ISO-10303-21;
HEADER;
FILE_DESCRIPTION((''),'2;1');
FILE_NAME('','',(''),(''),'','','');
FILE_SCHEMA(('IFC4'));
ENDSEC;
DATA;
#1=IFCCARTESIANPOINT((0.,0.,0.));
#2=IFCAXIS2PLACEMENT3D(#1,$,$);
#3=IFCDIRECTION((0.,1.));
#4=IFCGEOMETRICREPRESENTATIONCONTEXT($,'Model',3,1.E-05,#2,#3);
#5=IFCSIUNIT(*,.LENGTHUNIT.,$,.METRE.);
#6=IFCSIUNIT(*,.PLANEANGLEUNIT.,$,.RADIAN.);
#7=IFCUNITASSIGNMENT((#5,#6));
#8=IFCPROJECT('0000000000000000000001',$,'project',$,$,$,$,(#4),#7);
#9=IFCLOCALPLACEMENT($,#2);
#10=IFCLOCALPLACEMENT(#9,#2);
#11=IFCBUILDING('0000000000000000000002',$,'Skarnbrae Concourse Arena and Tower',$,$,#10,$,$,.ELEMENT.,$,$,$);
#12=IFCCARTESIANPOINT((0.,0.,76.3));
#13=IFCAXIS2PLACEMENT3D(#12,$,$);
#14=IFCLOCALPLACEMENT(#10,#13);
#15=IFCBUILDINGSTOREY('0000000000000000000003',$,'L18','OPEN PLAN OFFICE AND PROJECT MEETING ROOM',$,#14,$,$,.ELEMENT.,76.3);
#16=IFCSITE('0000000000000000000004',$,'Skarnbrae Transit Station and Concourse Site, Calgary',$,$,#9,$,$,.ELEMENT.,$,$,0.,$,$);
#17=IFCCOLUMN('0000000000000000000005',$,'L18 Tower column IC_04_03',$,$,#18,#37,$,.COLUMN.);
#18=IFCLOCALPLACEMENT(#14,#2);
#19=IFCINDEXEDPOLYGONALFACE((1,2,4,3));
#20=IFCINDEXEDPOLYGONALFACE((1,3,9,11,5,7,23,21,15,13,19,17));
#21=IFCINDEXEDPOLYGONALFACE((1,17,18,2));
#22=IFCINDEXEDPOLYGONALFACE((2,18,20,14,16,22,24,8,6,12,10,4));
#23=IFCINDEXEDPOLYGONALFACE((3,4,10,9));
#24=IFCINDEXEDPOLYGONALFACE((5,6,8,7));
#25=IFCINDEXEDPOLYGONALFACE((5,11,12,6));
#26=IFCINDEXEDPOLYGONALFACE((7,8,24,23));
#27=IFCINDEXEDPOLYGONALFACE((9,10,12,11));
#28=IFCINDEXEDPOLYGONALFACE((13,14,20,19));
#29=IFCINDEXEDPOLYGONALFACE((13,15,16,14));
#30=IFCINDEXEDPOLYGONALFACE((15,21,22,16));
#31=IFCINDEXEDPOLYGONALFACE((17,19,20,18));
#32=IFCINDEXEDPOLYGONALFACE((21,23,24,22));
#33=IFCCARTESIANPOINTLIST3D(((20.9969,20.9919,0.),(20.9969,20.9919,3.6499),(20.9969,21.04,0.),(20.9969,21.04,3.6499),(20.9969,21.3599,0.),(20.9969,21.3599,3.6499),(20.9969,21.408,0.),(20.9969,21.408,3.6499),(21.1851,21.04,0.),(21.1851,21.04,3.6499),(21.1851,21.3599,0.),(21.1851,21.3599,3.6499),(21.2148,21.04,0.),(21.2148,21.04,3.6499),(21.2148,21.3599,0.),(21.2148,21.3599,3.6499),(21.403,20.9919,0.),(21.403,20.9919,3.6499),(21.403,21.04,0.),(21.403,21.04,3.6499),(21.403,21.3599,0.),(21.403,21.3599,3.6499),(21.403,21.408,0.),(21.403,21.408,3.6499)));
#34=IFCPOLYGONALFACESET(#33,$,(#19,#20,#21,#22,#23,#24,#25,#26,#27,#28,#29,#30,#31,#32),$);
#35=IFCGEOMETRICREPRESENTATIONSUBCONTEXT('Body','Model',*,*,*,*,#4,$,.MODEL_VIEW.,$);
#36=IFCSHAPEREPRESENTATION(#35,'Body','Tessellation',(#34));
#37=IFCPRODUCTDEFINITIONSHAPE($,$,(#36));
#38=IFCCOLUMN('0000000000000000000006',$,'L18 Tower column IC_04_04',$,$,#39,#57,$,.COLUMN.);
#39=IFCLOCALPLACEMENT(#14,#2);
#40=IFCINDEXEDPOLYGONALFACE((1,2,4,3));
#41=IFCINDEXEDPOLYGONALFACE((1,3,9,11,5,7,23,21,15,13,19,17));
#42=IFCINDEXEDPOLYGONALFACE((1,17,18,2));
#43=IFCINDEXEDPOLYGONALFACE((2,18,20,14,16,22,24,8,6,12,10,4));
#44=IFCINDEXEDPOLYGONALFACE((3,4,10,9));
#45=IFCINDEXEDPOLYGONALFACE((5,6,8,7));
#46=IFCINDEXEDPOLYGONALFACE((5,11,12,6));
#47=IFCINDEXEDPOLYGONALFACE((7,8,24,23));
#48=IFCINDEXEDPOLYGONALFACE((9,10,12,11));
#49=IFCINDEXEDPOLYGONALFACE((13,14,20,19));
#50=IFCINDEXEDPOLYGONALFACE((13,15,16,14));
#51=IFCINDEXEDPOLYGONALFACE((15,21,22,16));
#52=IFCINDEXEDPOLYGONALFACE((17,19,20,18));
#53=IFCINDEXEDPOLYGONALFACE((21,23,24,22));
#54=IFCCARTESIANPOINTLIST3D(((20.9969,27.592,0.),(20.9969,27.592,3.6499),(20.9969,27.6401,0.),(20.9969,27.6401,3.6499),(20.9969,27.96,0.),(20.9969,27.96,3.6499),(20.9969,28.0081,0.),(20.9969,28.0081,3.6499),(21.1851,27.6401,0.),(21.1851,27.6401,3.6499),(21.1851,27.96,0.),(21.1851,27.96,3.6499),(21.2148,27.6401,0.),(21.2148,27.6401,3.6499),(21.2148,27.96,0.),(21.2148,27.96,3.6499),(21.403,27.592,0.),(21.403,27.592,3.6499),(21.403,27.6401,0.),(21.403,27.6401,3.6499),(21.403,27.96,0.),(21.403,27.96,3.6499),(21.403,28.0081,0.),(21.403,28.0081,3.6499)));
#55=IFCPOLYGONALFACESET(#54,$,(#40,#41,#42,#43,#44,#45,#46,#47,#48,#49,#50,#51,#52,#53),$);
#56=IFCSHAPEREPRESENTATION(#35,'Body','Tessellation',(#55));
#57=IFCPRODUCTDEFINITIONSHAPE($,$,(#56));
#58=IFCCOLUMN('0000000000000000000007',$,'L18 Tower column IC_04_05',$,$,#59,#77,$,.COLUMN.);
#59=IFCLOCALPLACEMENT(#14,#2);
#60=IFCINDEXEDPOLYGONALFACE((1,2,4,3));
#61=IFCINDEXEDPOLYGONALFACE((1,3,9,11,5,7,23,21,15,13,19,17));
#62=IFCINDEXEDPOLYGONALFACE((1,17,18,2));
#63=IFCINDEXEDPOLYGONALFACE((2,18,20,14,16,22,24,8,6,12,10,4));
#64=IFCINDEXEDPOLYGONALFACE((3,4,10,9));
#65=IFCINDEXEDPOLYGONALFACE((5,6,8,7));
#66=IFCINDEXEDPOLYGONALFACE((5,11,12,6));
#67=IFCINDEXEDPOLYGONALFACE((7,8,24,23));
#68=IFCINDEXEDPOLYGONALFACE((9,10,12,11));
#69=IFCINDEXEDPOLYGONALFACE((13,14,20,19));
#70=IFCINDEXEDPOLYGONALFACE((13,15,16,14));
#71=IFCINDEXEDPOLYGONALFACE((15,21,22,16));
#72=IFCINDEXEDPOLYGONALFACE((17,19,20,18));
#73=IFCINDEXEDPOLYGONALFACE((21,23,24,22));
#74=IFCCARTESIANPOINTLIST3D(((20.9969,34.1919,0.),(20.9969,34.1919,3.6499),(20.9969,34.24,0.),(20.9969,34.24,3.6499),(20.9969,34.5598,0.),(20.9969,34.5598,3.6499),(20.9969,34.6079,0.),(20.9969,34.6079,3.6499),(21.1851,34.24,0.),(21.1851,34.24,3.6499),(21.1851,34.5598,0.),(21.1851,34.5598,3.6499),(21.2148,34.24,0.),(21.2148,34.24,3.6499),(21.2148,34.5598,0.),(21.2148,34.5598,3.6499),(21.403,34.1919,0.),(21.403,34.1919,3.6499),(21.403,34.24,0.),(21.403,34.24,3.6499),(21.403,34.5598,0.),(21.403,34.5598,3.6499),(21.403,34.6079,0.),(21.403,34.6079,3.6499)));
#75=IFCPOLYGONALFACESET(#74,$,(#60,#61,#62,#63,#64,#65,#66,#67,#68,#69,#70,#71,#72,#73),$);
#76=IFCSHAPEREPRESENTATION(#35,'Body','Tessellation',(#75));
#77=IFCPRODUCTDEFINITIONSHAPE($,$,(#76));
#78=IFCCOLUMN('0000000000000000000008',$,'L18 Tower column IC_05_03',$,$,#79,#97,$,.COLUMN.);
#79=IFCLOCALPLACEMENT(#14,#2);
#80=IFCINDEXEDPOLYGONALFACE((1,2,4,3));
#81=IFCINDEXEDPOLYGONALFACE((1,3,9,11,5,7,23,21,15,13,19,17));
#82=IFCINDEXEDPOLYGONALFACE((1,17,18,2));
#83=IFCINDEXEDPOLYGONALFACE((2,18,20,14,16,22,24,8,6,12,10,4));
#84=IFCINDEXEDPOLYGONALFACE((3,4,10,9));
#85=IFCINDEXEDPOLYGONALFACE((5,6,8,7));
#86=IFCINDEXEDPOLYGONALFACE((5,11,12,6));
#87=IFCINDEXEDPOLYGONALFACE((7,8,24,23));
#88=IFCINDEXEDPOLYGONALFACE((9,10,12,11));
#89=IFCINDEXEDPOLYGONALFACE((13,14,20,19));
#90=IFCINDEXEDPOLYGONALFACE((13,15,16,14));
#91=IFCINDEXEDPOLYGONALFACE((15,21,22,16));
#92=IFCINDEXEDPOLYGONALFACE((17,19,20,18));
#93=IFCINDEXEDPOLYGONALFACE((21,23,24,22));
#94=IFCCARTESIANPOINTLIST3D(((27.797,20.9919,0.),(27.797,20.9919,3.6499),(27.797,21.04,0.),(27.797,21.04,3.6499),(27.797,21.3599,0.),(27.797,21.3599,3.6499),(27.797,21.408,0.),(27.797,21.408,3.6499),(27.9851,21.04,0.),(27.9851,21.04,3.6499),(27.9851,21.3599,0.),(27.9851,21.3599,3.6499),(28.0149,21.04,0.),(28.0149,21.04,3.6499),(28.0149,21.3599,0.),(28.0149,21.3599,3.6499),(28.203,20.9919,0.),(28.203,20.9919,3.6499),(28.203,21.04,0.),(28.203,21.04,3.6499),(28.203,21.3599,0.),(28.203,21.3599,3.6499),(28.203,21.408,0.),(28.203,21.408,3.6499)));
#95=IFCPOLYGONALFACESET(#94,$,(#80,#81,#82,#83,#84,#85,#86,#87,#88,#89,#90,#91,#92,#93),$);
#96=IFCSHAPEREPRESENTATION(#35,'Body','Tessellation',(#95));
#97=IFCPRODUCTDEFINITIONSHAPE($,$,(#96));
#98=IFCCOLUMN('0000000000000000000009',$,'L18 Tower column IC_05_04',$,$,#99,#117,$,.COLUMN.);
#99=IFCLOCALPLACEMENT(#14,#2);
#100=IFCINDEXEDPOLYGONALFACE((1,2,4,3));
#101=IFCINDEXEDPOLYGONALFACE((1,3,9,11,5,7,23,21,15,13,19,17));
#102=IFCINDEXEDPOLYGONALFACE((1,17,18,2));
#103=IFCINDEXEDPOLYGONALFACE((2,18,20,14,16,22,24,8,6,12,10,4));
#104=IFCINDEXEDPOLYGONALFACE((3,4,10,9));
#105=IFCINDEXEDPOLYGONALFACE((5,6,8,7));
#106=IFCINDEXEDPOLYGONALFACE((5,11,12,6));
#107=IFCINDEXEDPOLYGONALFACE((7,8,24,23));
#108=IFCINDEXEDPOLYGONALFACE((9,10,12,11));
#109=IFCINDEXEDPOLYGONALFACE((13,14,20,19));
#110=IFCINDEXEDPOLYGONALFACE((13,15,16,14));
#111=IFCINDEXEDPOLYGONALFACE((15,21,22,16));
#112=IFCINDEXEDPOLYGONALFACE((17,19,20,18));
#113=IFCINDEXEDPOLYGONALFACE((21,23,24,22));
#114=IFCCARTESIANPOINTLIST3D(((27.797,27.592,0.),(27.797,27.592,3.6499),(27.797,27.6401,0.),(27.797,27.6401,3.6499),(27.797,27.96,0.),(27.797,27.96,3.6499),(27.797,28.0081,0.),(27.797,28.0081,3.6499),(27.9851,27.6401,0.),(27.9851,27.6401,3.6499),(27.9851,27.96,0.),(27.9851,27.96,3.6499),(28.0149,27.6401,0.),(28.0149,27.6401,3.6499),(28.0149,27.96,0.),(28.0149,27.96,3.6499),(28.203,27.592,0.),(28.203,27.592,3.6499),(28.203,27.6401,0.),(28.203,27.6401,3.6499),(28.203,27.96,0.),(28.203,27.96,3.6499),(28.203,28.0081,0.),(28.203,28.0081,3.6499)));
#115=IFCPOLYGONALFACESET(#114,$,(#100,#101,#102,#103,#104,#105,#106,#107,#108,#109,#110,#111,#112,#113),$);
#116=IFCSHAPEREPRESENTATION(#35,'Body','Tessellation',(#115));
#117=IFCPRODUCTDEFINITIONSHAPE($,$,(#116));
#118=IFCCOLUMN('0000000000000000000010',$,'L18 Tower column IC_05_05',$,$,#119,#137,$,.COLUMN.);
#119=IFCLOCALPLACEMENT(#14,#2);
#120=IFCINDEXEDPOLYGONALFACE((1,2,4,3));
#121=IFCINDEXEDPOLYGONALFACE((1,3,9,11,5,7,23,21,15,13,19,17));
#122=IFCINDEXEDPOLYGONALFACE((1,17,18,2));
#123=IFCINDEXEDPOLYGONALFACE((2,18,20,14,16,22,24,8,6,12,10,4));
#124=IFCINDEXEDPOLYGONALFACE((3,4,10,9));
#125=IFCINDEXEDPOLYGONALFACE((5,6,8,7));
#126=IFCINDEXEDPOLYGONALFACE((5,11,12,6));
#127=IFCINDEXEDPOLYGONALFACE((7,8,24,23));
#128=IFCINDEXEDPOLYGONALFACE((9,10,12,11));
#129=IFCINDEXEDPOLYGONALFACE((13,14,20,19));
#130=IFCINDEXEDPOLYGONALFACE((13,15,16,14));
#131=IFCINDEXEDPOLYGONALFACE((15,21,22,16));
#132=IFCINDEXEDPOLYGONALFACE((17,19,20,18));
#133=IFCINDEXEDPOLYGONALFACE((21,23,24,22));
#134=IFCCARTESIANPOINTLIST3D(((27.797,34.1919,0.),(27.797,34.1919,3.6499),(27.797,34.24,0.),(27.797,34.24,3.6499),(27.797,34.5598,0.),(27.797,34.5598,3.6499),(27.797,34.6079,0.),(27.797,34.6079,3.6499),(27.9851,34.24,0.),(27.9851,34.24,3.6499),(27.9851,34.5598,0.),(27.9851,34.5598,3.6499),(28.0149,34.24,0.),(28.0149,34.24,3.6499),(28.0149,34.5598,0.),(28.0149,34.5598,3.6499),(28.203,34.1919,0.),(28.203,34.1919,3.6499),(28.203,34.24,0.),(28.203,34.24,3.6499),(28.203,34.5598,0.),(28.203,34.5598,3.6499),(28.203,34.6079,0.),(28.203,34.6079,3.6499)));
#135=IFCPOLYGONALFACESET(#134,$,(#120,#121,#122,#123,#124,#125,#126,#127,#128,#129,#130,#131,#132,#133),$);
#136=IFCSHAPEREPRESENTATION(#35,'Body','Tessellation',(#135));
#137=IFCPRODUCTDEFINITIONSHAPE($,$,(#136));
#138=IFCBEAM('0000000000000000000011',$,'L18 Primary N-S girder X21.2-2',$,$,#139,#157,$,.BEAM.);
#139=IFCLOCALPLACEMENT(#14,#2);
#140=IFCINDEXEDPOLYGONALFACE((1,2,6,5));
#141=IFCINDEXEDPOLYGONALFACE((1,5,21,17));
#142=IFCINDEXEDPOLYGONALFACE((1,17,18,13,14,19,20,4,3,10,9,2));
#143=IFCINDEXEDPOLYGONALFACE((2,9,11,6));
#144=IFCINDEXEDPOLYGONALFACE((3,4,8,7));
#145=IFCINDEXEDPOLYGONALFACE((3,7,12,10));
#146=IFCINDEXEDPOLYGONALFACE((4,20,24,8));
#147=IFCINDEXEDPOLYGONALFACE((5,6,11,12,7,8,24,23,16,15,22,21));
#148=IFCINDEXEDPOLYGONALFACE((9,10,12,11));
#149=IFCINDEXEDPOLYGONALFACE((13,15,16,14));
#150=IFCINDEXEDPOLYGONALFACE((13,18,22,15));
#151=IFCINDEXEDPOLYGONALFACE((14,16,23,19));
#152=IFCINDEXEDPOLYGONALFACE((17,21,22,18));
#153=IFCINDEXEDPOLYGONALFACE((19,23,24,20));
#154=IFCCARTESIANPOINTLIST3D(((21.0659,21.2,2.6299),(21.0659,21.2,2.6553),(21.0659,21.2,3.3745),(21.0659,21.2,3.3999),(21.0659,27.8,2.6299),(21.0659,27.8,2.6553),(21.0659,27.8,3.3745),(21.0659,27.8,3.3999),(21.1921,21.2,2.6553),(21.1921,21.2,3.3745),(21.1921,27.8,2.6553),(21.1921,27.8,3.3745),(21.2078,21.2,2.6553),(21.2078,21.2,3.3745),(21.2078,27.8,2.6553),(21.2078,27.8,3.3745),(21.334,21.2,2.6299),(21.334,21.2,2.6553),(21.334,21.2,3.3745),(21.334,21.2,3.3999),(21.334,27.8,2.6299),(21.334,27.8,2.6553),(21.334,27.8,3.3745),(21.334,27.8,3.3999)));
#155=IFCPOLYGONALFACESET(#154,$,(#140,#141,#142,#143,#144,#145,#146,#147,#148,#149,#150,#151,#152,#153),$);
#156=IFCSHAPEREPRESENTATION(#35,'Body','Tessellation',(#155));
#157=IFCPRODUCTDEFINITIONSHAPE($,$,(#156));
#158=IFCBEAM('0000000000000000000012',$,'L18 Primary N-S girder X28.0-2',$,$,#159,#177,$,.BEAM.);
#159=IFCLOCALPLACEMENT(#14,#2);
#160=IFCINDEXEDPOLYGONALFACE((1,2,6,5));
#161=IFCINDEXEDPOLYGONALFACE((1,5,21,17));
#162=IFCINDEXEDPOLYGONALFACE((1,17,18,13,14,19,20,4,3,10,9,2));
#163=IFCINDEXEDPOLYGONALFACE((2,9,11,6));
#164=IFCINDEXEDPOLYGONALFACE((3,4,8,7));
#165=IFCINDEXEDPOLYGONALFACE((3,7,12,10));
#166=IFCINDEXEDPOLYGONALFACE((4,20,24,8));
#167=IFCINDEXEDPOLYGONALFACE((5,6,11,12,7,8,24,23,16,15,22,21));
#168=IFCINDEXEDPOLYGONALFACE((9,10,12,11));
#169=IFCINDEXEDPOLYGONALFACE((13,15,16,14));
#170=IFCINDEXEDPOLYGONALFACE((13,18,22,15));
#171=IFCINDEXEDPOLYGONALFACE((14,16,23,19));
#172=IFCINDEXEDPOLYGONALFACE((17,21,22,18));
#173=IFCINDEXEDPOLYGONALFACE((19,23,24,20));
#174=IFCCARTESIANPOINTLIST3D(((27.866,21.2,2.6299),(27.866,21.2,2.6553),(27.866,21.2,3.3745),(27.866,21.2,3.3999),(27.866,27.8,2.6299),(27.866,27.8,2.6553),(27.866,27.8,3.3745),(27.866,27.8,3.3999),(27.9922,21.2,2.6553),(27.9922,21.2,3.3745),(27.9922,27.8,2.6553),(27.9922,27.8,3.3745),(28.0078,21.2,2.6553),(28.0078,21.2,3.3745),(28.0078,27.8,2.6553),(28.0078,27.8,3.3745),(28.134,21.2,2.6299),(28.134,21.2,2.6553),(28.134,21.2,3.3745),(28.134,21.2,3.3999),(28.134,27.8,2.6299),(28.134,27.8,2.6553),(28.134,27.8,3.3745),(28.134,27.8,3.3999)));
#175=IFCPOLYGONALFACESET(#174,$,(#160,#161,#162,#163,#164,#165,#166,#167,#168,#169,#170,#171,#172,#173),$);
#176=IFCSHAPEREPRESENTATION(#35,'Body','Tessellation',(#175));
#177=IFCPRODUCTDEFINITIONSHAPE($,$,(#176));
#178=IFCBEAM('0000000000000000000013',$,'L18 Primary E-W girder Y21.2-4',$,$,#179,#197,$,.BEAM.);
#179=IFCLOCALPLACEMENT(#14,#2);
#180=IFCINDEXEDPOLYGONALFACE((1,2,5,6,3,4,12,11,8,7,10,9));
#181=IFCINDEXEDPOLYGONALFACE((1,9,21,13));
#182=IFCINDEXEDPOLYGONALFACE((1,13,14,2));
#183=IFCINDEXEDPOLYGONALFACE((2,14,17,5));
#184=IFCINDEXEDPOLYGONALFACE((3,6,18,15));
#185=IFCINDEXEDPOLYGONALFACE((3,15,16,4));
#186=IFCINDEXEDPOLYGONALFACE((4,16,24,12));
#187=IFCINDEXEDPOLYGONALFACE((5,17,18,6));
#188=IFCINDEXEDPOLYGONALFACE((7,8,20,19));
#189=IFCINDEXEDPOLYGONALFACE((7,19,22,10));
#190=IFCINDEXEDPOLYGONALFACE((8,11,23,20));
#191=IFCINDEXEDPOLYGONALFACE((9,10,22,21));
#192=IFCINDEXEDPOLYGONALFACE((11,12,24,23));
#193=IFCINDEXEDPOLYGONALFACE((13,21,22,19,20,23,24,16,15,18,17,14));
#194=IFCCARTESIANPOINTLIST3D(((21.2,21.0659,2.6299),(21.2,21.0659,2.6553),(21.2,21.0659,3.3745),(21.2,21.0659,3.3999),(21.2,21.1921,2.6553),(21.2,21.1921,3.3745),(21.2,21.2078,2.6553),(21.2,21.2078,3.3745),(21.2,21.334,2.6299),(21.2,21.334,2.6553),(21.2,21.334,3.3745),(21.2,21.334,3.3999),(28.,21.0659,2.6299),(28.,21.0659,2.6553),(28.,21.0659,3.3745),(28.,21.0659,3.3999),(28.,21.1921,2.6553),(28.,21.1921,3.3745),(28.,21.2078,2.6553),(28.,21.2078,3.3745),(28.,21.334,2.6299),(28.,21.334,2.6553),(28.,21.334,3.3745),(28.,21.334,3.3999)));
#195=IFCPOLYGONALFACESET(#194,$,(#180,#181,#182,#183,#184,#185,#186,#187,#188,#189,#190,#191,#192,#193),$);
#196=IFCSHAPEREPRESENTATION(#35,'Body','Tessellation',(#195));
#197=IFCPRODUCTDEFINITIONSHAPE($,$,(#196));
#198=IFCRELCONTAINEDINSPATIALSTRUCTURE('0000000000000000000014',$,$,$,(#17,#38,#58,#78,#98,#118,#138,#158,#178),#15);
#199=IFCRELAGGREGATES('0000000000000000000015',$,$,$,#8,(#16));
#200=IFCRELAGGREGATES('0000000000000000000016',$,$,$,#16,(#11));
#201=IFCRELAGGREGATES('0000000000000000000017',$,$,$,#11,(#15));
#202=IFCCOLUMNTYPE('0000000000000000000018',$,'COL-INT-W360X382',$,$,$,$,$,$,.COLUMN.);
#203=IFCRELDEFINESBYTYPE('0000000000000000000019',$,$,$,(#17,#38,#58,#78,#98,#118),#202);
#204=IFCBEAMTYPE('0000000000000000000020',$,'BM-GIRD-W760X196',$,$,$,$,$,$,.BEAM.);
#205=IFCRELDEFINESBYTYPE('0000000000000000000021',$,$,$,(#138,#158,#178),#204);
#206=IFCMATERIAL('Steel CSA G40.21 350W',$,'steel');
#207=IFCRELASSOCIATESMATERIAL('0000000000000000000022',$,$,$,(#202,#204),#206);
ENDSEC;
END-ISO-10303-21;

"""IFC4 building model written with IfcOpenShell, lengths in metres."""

from ifc_helpers import new_model, si_unit, direction, frame, origin, origin_2d, place, context, subcontext, project, spatial, i_section, extrude, source, transform, mapped, material, material_profile, profile_set, type_object, element, save


model = new_model("IFC4")

# Units and contexts
model_context = context("Model", 3, precision=1e-05, world=origin(), true_north=direction((0.0, 1.0)))
body_context = subcontext(model_context, "Body", "Model", "MODEL_VIEW")
ifc_project = project(units=[si_unit("LENGTHUNIT", "METRE"), si_unit("PLANEANGLEUNIT", "RADIAN")], contexts=[model_context])

# Site, building, storey
site_placement = place(None, origin())
site = spatial("IfcSite", under=ifc_project, at=site_placement, Name="Skarnbrae Transit Station and Concourse Site, Calgary", CompositionType="ELEMENT", RefElevation=0.0)
building_placement = place(site_placement, origin())
building = spatial("IfcBuilding", under=site, at=building_placement, Name="Skarnbrae Concourse Arena and Tower", CompositionType="ELEMENT")
storey_placement = place(building_placement, frame((0.0, 0.0, 76.3)))
storey = spatial("IfcBuildingStorey", under=building, at=storey_placement, Name="L18", Description="OPEN PLAN OFFICE AND PROJECT MEETING ROOM", CompositionType="ELEMENT", Elevation=76.3)

# Columns
ifc_material_1 = material(Name="Steel CSA G40.21 350W", Category="steel")
ifc_material_profile_1 = material_profile(ifc_material_1, i_section(OverallWidth=0.406, OverallDepth=0.416, WebThickness=0.0298, FlangeThickness=0.0481, at=origin_2d()), Name="W360X382")
ifc_profile_set_1 = profile_set([ifc_material_profile_1], Name="Steel CSA G40.21 350W")
column_type = type_object("IfcColumnType", Name="COL-INT-W360X382", PredefinedType="COLUMN", material=ifc_profile_set_1)
shared_shape_1 = source(origin(), body_context, "Body", "SweptSolid", [
    extrude(i_section(OverallWidth=0.406, OverallDepth=0.416, WebThickness=0.0298, FlangeThickness=0.0481, at=origin_2d()), origin(), (0.0, 0.0, 1.0), 3.6499),
])
for number, where, z_axis, x_axis, name in (
    (1, (21.2, 21.2, 0.0), (0.0, 0.0, 1.0), (1.0, 0.0, 0.0), "L18 Tower column IC_04_03"),
    (2, (21.2, 27.8, 0.0), (0.0, 0.0, 1.0), (1.0, 0.0, 0.0), "L18 Tower column IC_04_04"),
    (3, (21.2, 34.3999, 0.0), (0.0, 0.0, 1.0), (1.0, 0.0, 0.0), "L18 Tower column IC_04_05"),
    (4, (28.0, 21.2, 0.0), (0.0, 0.0, 1.0), (1.0, 0.0, 0.0), "L18 Tower column IC_05_03"),
    (5, (28.0, 27.8, 0.0), (0.0, 0.0, 1.0), (1.0, 0.0, 0.0), "L18 Tower column IC_05_04"),
    (6, (28.0, 34.3999, 0.0), (0.0, 0.0, 1.0), (1.0, 0.0, 0.0), "L18 Tower column IC_05_05"),
):
    element("IfcColumn", number, at=place(storey_placement, frame(where, z_axis=z_axis, x_axis=x_axis)), inside=storey, type_object=column_type, Name=name, PredefinedType="COLUMN", context=body_context, shape_type="MappedRepresentation", body=[
        mapped(shared_shape_1, transform((0.0, 0.0, 0.0))),
    ])

# Beams
ifc_material_profile_2 = material_profile(ifc_material_1, i_section(OverallWidth=0.2681, OverallDepth=0.77, WebThickness=0.0156, FlangeThickness=0.0254, at=origin_2d()), Name="W760X196")
ifc_profile_set_2 = profile_set([ifc_material_profile_2], Name="Steel CSA G40.21 350W")
beam_type_1 = type_object("IfcBeamType", Name="BM-GIRD-W760X196", PredefinedType="BEAM", material=ifc_profile_set_2)
shared_shape_2 = source(origin(), body_context, "Body", "SweptSolid", [
    extrude(i_section(OverallWidth=0.2681, OverallDepth=0.77, WebThickness=0.0156, FlangeThickness=0.0254, at=origin_2d()), origin(), (0.0, 0.0, 1.0), 6.6001),
])
for number, where, z_axis, x_axis, name in (
    (7, (21.2, 21.2, 3.0149), (0.0, 1.0, 0.0), (-1.0, 0.0, 0.0), "L18 Primary N-S girder X21.2-2"),
    (8, (28.0, 21.2, 3.0149), (0.0, 1.0, 0.0), (-1.0, 0.0, 0.0), "L18 Primary N-S girder X28.0-2"),
):
    element("IfcBeam", number, at=place(storey_placement, frame(where, z_axis=z_axis, x_axis=x_axis)), inside=storey, type_object=beam_type_1, Name=name, PredefinedType="BEAM", context=body_context, shape_type="MappedRepresentation", body=[
        mapped(shared_shape_2, transform((0.0, 0.0, 0.0))),
    ])
shared_shape_3 = source(origin(), body_context, "Body", "SweptSolid", [
    extrude(i_section(OverallWidth=0.2681, OverallDepth=0.77, WebThickness=0.0156, FlangeThickness=0.0254, at=origin_2d()), origin(), (0.0, 0.0, 1.0), 6.8),
])
for number, where, z_axis, x_axis, name in (
    (9, (21.2, 21.2, 3.0149), (1.0, 0.0, 0.0), (0.0, 1.0, 0.0), "L18 Primary E-W girder Y21.2-4"),
):
    element("IfcBeam", number, at=place(storey_placement, frame(where, z_axis=z_axis, x_axis=x_axis)), inside=storey, type_object=beam_type_1, Name=name, PredefinedType="BEAM", context=body_context, shape_type="MappedRepresentation", body=[
        mapped(shared_shape_3, transform((0.0, 0.0, 0.0))),
    ])

save(model, "model.ifc")
